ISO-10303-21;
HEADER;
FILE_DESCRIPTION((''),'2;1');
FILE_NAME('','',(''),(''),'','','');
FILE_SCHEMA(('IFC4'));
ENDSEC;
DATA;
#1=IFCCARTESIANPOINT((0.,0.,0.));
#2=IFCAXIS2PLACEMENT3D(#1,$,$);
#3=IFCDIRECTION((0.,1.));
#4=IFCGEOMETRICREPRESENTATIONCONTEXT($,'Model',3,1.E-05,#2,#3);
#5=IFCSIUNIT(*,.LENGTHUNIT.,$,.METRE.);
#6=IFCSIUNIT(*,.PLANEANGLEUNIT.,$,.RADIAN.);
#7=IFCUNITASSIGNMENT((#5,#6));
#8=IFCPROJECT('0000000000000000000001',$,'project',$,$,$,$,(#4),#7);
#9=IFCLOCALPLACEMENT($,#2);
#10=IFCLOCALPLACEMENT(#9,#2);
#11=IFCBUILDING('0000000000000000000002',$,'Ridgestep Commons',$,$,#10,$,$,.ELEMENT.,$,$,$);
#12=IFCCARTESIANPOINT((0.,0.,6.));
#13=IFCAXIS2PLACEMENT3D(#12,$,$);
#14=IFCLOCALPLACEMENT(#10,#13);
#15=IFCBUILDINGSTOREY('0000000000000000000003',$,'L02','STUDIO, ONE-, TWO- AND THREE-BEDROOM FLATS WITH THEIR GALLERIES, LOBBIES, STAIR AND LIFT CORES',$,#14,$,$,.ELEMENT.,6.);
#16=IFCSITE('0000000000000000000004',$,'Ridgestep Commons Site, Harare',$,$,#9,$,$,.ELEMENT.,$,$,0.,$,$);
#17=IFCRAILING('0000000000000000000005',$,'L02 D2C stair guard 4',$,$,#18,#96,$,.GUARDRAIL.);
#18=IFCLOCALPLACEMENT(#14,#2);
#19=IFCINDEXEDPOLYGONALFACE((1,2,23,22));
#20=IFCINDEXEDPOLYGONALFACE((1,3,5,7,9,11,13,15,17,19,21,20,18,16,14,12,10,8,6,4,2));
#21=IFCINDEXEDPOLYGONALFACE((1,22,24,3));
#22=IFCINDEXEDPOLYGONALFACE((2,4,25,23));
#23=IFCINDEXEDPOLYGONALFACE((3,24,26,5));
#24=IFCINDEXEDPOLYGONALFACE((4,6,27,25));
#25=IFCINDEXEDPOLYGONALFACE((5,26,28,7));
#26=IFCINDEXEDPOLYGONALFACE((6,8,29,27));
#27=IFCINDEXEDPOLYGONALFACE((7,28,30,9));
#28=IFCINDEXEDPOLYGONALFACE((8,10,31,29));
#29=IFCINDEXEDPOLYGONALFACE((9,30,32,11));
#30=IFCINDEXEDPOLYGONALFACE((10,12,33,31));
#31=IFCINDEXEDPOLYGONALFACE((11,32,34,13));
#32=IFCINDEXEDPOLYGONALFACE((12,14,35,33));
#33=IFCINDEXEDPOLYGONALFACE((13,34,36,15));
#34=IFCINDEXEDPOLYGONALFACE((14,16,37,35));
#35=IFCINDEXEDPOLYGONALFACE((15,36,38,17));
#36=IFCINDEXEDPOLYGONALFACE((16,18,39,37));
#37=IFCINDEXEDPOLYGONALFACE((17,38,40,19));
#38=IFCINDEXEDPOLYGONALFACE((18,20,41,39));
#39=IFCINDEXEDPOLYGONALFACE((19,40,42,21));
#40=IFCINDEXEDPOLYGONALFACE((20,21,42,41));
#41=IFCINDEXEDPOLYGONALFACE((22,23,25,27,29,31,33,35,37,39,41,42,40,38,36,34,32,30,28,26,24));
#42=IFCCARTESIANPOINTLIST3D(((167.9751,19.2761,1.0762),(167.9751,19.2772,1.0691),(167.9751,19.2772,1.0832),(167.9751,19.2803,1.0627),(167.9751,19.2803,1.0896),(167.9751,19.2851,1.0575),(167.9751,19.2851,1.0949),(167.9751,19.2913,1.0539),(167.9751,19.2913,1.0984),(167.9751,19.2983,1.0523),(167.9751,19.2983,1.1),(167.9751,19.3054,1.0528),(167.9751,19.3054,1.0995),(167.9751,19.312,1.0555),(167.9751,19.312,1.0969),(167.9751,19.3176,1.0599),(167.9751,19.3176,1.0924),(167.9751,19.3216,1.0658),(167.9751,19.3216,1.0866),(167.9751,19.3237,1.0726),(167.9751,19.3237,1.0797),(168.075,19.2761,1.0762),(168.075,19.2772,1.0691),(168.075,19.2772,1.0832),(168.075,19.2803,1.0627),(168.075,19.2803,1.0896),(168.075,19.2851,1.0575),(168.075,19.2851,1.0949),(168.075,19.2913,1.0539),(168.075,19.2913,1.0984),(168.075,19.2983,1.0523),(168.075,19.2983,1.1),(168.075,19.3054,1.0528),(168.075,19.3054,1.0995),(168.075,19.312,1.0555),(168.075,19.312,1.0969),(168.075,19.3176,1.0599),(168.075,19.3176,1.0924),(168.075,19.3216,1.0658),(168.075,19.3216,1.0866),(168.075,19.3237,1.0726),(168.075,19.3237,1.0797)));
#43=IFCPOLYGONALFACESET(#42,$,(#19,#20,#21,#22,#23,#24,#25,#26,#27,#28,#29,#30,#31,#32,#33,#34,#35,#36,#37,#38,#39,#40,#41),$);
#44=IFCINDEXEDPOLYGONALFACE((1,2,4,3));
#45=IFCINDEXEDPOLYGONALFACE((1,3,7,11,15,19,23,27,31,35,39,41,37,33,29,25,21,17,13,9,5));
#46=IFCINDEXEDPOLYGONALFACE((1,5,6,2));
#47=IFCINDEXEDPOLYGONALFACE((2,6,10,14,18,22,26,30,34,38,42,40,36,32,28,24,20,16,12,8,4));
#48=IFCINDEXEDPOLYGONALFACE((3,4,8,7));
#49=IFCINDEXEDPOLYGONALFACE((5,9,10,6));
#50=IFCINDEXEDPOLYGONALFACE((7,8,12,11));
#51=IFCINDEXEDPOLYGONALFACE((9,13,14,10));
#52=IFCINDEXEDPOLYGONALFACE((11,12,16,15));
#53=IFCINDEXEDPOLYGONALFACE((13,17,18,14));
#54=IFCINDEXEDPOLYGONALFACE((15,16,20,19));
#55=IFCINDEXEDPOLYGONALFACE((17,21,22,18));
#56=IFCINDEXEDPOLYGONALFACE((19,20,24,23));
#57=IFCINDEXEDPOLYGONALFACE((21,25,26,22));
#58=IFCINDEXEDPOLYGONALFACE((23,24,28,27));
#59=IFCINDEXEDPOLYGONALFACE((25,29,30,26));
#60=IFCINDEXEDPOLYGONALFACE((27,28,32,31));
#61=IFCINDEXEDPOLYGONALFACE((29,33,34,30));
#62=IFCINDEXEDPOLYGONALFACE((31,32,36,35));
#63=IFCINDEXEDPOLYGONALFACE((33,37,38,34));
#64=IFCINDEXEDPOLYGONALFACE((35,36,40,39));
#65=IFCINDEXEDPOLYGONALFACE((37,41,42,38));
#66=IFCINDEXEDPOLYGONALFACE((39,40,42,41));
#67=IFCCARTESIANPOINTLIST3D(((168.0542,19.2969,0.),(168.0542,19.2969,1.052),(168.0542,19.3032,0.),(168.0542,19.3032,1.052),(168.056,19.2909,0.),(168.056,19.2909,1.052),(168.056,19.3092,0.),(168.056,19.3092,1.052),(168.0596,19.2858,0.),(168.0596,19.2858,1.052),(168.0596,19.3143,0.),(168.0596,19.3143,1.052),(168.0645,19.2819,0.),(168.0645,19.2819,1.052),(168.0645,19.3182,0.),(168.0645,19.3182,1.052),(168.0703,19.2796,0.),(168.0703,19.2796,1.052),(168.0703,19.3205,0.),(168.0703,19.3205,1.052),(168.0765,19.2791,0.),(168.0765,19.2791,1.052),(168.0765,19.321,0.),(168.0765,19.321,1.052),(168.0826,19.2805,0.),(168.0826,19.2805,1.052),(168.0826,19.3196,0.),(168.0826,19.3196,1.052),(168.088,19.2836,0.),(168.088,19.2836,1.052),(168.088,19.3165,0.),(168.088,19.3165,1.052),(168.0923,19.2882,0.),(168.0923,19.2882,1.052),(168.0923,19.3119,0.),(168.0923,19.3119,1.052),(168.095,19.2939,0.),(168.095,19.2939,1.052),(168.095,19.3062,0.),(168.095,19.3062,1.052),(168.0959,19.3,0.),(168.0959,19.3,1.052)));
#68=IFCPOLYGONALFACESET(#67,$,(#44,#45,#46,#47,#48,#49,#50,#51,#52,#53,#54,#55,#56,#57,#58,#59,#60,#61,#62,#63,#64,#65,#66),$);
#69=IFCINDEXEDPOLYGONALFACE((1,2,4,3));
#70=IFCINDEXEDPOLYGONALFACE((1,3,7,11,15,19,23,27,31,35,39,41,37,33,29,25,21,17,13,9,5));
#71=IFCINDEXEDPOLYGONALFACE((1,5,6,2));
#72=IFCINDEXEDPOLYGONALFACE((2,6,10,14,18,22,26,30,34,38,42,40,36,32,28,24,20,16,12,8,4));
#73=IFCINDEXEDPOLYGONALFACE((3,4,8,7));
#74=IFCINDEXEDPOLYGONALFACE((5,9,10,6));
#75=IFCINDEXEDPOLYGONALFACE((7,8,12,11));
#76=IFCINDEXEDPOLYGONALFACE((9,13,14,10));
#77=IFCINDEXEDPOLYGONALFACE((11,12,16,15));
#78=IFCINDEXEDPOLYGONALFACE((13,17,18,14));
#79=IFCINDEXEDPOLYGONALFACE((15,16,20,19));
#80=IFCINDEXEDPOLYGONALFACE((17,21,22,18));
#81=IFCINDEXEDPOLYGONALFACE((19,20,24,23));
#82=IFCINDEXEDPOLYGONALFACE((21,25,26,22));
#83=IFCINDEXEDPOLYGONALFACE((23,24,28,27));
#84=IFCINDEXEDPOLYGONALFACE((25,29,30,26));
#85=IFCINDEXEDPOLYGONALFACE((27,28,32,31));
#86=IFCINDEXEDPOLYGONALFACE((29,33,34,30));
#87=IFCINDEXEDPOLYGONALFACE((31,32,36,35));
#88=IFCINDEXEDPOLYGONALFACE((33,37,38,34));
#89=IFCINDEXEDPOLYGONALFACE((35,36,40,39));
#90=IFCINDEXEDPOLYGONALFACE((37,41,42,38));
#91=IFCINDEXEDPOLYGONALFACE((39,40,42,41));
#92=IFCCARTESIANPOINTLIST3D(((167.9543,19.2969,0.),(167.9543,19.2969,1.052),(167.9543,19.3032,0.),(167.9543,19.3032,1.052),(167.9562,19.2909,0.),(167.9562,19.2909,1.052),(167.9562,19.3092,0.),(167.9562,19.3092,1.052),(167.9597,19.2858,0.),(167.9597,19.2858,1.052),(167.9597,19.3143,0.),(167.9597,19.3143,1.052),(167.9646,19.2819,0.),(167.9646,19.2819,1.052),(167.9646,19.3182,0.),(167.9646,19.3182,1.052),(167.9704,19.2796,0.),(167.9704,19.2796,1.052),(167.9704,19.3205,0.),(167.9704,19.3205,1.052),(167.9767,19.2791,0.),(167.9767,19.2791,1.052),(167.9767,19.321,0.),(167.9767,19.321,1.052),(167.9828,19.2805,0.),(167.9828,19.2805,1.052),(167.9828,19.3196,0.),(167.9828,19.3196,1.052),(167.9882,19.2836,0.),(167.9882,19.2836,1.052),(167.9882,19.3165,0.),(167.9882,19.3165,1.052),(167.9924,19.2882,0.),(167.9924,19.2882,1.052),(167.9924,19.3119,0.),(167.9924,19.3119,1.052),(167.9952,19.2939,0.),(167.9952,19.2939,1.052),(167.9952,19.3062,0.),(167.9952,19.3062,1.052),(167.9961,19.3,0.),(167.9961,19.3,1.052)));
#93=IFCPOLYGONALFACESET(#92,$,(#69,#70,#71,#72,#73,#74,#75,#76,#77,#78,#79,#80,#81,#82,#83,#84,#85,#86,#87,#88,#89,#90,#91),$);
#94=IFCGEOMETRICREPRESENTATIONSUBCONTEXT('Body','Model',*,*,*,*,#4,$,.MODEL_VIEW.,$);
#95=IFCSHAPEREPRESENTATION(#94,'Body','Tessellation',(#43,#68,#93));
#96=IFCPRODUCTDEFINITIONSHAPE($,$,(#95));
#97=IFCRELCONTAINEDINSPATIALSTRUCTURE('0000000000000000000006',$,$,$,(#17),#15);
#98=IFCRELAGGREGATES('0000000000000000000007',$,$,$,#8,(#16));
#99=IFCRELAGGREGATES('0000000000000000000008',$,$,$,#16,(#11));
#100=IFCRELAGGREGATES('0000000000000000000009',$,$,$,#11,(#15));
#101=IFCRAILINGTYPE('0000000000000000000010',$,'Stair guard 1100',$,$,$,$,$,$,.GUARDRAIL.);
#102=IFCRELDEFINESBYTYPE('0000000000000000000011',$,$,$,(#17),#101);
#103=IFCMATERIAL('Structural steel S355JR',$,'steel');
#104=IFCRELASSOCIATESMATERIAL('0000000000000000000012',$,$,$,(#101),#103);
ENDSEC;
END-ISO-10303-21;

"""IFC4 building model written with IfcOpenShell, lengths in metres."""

from ifc_helpers import new_model, si_unit, direction, frame, origin, origin_2d, place, context, subcontext, project, spatial, circle, extrude, material, type_object, element, save


model = new_model("IFC4")

# Units and contexts
model_context = context("Model", 3, precision=1e-05, world=origin(), true_north=direction((0.0, 1.0)))
body_context = subcontext(model_context, "Body", "Model", "MODEL_VIEW")
ifc_project = project(units=[si_unit("LENGTHUNIT", "METRE"), si_unit("PLANEANGLEUNIT", "RADIAN")], contexts=[model_context])

# Site, building, storey
site_placement = place(None, origin())
site = spatial("IfcSite", under=ifc_project, at=site_placement, Name="Ridgestep Commons Site, Harare", CompositionType="ELEMENT", RefElevation=0.0)
building_placement = place(site_placement, origin())
building = spatial("IfcBuilding", under=site, at=building_placement, Name="Ridgestep Commons", CompositionType="ELEMENT")
storey_placement = place(building_placement, frame((0.0, 0.0, 6.0)))
storey = spatial("IfcBuildingStorey", under=building, at=storey_placement, Name="L02", Description="STUDIO, ONE-, TWO- AND THREE-BEDROOM FLATS WITH THEIR GALLERIES, LOBBIES, STAIR AND LIFT CORES", CompositionType="ELEMENT", Elevation=6.0)

# Railing
ifc_material_1 = material(Name="Structural steel S355JR", Category="steel")
railing_type = type_object("IfcRailingType", Name="Stair guard 1100", PredefinedType="GUARDRAIL", material=ifc_material_1)
railing_placement = place(storey_placement, frame((168.075, 19.3, 0.0)))
element("IfcRailing", 1, at=railing_placement, inside=storey, type_object=railing_type, Name="L02 D2C stair guard 4", PredefinedType="GUARDRAIL", context=body_context, shape_type="SweptSolid", body=[
    extrude(circle(Radius=0.0239, at=origin_2d()), frame((0.0, 0.0, 1.0762), z_axis=(-1.0, 0.0, 0.0), x_axis=(0.0, -1.0, 0.0)), (0.0, 0.0, 1.0), 0.0999),
    extrude(circle(Radius=0.021, at=origin_2d()), origin(), (0.0, 0.0, 1.0), 1.052),
    extrude(circle(Radius=0.021, at=origin_2d()), frame((-0.0999, 0.0, 0.0)), (0.0, 0.0, 1.0), 1.052),
])

save(model, "model.ifc")
